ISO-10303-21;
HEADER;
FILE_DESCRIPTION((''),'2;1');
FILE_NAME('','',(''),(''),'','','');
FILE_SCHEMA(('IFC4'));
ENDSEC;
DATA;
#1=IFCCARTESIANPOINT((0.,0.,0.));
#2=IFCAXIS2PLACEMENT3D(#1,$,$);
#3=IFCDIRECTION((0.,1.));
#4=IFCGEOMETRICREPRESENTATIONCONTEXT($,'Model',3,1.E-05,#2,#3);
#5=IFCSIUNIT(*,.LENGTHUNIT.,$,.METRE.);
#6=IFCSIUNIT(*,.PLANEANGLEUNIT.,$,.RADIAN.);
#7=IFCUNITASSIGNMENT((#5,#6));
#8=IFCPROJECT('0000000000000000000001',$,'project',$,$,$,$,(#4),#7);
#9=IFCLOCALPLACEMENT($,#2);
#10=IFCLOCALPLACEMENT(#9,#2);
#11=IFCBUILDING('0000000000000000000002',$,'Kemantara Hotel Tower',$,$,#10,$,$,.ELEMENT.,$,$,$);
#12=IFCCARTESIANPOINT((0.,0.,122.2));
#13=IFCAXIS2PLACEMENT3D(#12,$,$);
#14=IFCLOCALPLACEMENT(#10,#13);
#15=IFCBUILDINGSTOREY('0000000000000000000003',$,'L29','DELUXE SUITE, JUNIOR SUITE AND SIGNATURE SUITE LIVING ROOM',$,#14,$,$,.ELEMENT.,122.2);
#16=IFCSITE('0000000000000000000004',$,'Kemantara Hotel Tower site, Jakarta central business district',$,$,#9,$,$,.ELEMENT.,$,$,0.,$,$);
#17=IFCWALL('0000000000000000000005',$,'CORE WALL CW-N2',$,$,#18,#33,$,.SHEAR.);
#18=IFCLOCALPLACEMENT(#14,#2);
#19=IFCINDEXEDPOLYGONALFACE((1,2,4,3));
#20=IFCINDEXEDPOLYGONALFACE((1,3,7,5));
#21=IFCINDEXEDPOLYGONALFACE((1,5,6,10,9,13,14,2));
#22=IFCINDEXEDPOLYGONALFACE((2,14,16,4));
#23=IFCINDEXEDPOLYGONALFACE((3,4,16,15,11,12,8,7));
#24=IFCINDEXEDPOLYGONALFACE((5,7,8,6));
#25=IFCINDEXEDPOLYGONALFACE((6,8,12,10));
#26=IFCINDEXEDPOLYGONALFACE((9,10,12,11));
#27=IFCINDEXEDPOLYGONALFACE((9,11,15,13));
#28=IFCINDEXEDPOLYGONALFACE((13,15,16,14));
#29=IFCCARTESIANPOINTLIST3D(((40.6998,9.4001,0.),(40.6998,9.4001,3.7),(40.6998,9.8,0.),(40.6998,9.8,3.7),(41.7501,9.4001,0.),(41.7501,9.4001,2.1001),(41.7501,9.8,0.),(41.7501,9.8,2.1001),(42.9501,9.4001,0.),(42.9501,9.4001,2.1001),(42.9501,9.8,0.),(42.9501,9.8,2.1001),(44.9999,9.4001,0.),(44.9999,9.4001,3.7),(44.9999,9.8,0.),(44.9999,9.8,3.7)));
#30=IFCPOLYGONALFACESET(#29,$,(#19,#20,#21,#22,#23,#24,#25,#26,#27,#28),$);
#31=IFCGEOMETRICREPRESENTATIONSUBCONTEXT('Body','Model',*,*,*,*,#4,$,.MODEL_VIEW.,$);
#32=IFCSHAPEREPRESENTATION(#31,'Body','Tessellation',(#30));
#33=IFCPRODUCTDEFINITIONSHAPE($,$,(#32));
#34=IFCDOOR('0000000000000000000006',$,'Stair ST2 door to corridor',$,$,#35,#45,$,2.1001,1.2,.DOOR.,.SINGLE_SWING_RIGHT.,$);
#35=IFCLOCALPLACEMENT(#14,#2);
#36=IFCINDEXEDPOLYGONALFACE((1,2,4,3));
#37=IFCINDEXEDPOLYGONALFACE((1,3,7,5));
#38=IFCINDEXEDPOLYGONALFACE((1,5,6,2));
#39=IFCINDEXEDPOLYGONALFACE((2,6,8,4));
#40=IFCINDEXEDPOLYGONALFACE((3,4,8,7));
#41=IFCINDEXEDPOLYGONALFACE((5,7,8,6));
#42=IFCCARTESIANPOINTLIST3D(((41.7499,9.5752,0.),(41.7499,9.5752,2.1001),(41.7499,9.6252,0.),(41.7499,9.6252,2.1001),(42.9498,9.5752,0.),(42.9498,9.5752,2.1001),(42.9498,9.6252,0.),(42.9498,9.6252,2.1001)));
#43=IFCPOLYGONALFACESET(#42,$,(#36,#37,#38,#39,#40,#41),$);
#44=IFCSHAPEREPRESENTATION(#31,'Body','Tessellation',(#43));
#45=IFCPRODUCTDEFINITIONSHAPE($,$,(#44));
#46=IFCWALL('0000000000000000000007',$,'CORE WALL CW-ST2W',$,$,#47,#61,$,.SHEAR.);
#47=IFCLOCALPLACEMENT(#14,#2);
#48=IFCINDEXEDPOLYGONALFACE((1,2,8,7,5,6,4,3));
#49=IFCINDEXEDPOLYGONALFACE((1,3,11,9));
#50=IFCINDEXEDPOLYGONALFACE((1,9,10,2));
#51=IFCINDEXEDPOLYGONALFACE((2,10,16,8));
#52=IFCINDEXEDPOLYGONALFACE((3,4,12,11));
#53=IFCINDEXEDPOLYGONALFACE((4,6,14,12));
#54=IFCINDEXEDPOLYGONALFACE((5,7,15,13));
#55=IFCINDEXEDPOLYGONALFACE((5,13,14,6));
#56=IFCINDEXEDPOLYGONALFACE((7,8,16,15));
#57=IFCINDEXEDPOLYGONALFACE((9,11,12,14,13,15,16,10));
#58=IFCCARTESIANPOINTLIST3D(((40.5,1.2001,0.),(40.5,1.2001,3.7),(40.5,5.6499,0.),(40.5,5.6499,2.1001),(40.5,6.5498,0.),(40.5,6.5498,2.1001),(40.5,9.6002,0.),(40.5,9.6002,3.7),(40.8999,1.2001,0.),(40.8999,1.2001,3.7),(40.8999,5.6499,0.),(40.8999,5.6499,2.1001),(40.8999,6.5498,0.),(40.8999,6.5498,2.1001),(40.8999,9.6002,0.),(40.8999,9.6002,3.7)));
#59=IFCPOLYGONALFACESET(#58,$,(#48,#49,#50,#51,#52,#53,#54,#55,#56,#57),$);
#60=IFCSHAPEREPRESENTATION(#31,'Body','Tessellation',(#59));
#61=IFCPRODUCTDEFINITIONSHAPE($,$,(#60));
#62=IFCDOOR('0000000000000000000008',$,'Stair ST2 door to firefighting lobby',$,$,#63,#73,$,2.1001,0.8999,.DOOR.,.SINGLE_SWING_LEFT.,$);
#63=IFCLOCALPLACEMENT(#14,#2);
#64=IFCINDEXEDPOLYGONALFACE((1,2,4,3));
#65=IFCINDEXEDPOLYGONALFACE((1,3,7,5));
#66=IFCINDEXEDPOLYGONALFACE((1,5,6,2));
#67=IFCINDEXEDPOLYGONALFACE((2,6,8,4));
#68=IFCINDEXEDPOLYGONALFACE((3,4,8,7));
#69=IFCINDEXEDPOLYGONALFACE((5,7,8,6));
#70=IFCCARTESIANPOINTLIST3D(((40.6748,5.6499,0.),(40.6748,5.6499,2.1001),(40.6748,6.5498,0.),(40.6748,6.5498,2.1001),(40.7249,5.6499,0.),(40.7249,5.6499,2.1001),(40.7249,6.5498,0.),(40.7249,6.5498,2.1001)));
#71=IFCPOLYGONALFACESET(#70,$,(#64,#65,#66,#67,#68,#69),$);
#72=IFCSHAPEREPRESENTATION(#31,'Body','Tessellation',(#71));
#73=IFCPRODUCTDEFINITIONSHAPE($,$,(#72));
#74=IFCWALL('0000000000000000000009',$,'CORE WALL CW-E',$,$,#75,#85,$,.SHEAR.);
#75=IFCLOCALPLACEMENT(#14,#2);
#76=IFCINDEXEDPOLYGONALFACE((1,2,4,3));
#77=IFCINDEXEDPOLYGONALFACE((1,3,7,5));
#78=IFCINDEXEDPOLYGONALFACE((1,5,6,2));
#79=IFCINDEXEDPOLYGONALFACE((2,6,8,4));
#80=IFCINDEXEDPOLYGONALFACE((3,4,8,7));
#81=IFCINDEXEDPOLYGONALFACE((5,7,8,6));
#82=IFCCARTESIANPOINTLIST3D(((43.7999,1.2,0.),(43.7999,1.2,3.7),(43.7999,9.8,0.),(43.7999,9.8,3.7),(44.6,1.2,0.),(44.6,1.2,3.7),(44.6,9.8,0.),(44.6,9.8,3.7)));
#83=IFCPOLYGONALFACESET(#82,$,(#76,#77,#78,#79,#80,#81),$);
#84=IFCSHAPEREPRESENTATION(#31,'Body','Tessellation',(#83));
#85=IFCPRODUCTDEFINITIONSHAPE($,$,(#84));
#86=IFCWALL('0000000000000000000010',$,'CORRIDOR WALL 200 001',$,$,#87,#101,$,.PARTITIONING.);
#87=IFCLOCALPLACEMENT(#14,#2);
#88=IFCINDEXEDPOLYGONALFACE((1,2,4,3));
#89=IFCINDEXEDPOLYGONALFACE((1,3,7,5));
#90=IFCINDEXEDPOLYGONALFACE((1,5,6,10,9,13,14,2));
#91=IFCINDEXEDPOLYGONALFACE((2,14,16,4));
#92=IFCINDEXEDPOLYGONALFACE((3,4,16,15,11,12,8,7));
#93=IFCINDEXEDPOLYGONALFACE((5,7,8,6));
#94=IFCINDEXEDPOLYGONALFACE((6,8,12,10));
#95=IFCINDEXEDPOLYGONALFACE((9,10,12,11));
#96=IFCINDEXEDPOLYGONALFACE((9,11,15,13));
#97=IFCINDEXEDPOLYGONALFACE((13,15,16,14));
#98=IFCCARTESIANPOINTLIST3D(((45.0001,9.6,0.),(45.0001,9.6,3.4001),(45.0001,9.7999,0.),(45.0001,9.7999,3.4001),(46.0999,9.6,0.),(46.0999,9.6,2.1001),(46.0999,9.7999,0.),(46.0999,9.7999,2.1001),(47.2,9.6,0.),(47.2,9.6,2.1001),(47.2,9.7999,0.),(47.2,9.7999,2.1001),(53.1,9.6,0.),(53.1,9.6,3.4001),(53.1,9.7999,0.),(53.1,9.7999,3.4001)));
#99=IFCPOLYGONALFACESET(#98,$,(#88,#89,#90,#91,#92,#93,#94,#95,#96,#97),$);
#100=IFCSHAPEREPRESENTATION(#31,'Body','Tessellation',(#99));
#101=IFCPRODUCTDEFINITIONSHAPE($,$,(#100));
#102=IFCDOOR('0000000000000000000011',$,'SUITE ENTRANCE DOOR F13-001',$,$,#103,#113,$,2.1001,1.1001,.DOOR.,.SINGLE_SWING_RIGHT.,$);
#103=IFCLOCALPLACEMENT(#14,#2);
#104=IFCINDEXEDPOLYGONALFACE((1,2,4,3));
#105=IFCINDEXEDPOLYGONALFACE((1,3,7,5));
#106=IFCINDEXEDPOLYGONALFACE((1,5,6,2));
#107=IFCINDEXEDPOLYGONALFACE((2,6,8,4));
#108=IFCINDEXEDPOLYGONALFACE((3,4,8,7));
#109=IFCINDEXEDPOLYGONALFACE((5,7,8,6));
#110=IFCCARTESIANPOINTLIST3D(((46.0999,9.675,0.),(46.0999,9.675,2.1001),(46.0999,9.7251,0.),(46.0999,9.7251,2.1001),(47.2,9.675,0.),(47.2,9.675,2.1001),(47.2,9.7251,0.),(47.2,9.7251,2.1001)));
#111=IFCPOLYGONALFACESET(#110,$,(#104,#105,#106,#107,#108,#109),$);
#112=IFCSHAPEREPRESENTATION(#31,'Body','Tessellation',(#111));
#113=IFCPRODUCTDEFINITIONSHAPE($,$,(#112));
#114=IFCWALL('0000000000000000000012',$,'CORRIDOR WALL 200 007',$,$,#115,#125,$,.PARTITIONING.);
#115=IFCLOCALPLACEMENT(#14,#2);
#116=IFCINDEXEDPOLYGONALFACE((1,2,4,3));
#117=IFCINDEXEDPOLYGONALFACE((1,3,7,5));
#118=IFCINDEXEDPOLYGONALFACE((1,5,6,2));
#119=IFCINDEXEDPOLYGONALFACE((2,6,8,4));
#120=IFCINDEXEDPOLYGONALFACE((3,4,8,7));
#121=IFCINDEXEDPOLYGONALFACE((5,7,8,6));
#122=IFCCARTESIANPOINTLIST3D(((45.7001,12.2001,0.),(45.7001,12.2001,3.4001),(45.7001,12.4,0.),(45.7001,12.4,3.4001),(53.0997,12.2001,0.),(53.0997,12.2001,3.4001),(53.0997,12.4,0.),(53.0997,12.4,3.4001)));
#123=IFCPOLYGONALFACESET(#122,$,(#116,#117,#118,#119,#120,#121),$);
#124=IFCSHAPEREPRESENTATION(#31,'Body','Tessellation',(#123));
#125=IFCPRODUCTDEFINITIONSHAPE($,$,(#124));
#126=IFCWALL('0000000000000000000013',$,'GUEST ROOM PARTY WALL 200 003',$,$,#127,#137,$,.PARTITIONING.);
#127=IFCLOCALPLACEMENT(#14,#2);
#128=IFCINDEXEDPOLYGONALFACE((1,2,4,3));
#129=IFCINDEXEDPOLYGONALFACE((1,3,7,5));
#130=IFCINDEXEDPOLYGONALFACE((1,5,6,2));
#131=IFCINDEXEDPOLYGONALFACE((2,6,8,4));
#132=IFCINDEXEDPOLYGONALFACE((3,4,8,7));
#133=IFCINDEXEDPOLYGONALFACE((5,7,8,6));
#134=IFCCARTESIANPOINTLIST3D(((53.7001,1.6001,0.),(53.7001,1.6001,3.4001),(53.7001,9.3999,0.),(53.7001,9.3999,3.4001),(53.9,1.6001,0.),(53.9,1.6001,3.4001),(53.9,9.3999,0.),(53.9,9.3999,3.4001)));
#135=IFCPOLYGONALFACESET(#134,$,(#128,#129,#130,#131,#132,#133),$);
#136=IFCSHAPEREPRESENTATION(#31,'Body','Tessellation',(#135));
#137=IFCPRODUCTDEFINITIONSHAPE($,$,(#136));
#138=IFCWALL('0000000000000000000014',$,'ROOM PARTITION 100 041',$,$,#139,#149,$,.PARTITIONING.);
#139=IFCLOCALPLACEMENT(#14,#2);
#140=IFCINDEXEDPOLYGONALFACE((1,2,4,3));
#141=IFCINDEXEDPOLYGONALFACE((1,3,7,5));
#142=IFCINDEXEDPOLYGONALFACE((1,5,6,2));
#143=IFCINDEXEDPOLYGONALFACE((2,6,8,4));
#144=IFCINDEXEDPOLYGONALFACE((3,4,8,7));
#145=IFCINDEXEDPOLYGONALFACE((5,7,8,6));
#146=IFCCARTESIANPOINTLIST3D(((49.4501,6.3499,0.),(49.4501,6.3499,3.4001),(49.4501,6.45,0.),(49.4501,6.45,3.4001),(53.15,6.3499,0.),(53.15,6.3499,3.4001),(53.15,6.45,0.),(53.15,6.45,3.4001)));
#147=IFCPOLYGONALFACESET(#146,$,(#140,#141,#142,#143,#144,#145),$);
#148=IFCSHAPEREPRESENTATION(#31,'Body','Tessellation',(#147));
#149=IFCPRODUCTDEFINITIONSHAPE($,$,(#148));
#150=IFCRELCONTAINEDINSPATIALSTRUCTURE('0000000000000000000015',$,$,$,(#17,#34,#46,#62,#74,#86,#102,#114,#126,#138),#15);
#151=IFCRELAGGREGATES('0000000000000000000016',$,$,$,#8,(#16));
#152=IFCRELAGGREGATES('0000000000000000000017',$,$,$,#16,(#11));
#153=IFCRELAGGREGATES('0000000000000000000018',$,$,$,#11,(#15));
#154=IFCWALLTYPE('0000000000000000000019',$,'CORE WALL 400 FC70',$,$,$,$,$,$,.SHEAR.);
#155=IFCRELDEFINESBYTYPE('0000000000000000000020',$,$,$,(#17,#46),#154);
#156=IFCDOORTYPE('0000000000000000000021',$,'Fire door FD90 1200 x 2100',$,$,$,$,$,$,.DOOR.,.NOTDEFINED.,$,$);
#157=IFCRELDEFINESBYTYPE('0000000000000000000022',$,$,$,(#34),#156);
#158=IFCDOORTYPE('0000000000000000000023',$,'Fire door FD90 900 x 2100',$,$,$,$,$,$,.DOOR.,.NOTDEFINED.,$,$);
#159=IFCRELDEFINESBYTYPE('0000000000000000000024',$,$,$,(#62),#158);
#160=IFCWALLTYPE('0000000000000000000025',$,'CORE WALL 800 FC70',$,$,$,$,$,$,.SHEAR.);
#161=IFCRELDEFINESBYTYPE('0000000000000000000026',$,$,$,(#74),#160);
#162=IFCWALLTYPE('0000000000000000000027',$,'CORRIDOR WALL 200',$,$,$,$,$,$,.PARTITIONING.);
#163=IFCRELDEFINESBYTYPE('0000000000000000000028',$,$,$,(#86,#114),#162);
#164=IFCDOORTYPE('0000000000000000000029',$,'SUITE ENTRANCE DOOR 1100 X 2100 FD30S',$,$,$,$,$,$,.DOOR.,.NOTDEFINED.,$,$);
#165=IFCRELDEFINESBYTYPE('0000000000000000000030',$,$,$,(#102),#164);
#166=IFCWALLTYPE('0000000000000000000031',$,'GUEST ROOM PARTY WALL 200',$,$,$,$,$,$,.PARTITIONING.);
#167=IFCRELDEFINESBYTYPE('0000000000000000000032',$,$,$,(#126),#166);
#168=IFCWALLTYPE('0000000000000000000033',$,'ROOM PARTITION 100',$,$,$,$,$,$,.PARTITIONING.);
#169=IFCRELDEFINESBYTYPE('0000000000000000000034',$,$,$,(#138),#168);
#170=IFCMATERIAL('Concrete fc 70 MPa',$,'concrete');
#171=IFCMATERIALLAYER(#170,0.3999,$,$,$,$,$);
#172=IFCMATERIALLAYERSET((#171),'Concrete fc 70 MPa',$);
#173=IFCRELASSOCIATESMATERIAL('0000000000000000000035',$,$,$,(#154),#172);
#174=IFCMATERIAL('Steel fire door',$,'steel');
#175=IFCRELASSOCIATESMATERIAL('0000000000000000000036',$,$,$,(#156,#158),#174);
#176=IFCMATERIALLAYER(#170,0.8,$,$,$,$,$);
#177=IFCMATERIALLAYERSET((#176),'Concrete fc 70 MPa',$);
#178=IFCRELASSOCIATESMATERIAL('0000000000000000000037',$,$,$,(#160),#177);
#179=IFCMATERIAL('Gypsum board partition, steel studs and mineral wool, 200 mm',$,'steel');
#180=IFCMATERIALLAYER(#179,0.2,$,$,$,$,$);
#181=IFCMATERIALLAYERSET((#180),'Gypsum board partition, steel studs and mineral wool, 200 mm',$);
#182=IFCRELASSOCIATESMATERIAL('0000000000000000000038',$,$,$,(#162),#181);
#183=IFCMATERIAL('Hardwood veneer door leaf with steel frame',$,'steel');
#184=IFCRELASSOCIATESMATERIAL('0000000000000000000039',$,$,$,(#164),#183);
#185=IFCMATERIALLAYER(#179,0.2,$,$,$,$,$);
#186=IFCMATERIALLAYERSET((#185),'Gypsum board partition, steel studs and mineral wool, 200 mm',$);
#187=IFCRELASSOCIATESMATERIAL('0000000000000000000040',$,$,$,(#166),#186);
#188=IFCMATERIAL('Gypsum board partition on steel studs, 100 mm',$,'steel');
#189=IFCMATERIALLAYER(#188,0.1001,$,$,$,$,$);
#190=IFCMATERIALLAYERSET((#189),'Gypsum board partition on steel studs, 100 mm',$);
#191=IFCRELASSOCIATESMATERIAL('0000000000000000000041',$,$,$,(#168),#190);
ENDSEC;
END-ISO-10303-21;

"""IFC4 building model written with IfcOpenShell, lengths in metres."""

from ifc_helpers import new_model, si_unit, direction, frame, frame_2d, origin, place, context, subcontext, project, spatial, rectangle, extrude, material, layer, layer_set, type_object, element, fill, save


model = new_model("IFC4")

# Units and contexts
model_context = context("Model", 3, precision=1e-05, world=origin(), true_north=direction((0.0, 1.0)))
body_context = subcontext(model_context, "Body", "Model", "MODEL_VIEW")
ifc_project = project(units=[si_unit("LENGTHUNIT", "METRE"), si_unit("PLANEANGLEUNIT", "RADIAN")], contexts=[model_context])

# Site, building, storey
site_placement = place(None, origin())
site = spatial("IfcSite", under=ifc_project, at=site_placement, Name="Kemantara Hotel Tower site, Jakarta central business district", CompositionType="ELEMENT", RefElevation=0.0)
building_placement = place(site_placement, origin())
building = spatial("IfcBuilding", under=site, at=building_placement, Name="Kemantara Hotel Tower", CompositionType="ELEMENT")
storey_placement = place(building_placement, frame((0.0, 0.0, 122.2)))
storey = spatial("IfcBuildingStorey", under=building, at=storey_placement, Name="L29", Description="DELUXE SUITE, JUNIOR SUITE AND SIGNATURE SUITE LIVING ROOM", CompositionType="ELEMENT", Elevation=122.2)

# Shared definitions
ifc_material_1 = material(Name="Concrete fc 70 MPa", Category="concrete")

# Walls, openings, doors
ifc_layer_1 = layer(ifc_material_1, 0.3999)
ifc_layer_set_1 = layer_set([ifc_layer_1], Name="Concrete fc 70 MPa")
wall_type_1 = type_object("IfcWallType", Name="CORE WALL 400 FC70", PredefinedType="SHEAR", material=ifc_layer_set_1)
wall_1_placement = place(storey_placement, frame((40.7, 9.6001, 0.0), z_axis=(0.0, 0.0, 1.0), x_axis=(1.0, 0.0, 0.0)))
wall_1 = element("IfcWall", 1, at=wall_1_placement, inside=storey, type_object=wall_type_1, Name="CORE WALL CW-N2", PredefinedType="SHEAR", context=body_context, shape_type="SweptSolid", body=[
    extrude(rectangle(XDim=4.3, YDim=0.3999, at=frame_2d((2.1499, 0.0))), origin(), (0.0, 0.0, 1.0), 3.7),
])
opening_1_placement = place(wall_1_placement, frame((1.05, 0.0, 0.0)))
opening_1 = element("IfcOpeningElement", 2, at=opening_1_placement, cuts=wall_1, PredefinedType="OPENING", context=body_context, shape_type="SweptSolid", body=[
    extrude(rectangle(XDim=1.2, YDim=2.1001, at=frame_2d((0.6001, 1.05))), frame((0.0, 0.21, 0.0), z_axis=(0.0, -1.0, 0.0), x_axis=(1.0, 0.0, 0.0)), (0.0, 0.0, 1.0), 0.4199),
])
ifc_material_2 = material(Name="Steel fire door", Category="steel")
door_type_1 = type_object("IfcDoorType", Name="Fire door FD90 1200 x 2100", OperationType="NOTDEFINED", PredefinedType="DOOR", material=ifc_material_2)
door_1_placement = place(opening_1_placement, frame((1.2, 0.0, 0.0), z_axis=(0.0, 0.0, 1.0), x_axis=(-1.0, 0.0, 0.0)))
door_1 = element("IfcDoor", 3, at=door_1_placement, inside=storey, type_object=door_type_1, Name="Stair ST2 door to corridor", OperationType="SINGLE_SWING_RIGHT", OverallHeight=2.1001, OverallWidth=1.2, PredefinedType="DOOR", context=body_context, shape_type="SweptSolid", body=[
    extrude(rectangle(XDim=1.2, YDim=2.1001, at=frame_2d((0.6001, 1.05))), frame((0.0, 0.0249, 0.0), z_axis=(0.0, -1.0, 0.0), x_axis=(1.0, 0.0, 0.0)), (0.0, 0.0, 1.0), 0.05),
])
fill(opening_1, door_1)
wall_2_placement = place(storey_placement, frame((40.7, 1.2, 0.0), z_axis=(0.0, 0.0, 1.0), x_axis=(0.0, 1.0, 0.0)))
wall_2 = element("IfcWall", 4, at=wall_2_placement, inside=storey, type_object=wall_type_1, Name="CORE WALL CW-ST2W", PredefinedType="SHEAR", context=body_context, shape_type="SweptSolid", body=[
    extrude(rectangle(XDim=8.4001, YDim=0.3999, at=frame_2d((4.2002, 0.0))), origin(), (0.0, 0.0, 1.0), 3.7),
])
opening_2_placement = place(wall_2_placement, frame((4.45, 0.0, 0.0)))
opening_2 = element("IfcOpeningElement", 5, at=opening_2_placement, cuts=wall_2, PredefinedType="OPENING", context=body_context, shape_type="SweptSolid", body=[
    extrude(rectangle(XDim=0.8999, YDim=2.1001, at=frame_2d((0.45, 1.05))), frame((0.0, 0.21, 0.0), z_axis=(0.0, -1.0, 0.0), x_axis=(1.0, 0.0, 0.0)), (0.0, 0.0, 1.0), 0.4199),
])
door_type_2 = type_object("IfcDoorType", Name="Fire door FD90 900 x 2100", OperationType="NOTDEFINED", PredefinedType="DOOR", material=ifc_material_2)
door_2_placement = place(opening_2_placement, frame((0.8999, 0.0, 0.0), z_axis=(0.0, 0.0, 1.0), x_axis=(-1.0, 0.0, 0.0)))
door_2 = element("IfcDoor", 6, at=door_2_placement, inside=storey, type_object=door_type_2, Name="Stair ST2 door to firefighting lobby", OperationType="SINGLE_SWING_LEFT", OverallHeight=2.1001, OverallWidth=0.8999, PredefinedType="DOOR", context=body_context, shape_type="SweptSolid", body=[
    extrude(rectangle(XDim=0.8999, YDim=2.1001, at=frame_2d((0.45, 1.05))), frame((0.0, 0.0249, 0.0), z_axis=(0.0, -1.0, 0.0), x_axis=(1.0, 0.0, 0.0)), (0.0, 0.0, 1.0), 0.05),
])
fill(opening_2, door_2)

# Wall
ifc_layer_2 = layer(ifc_material_1, 0.8)
ifc_layer_set_2 = layer_set([ifc_layer_2], Name="Concrete fc 70 MPa")
wall_type_2 = type_object("IfcWallType", Name="CORE WALL 800 FC70", PredefinedType="SHEAR", material=ifc_layer_set_2)
wall_3_placement = place(storey_placement, frame((44.2, 1.2, 0.0), z_axis=(0.0, 0.0, 1.0), x_axis=(0.0, 1.0, 0.0)))
element("IfcWall", 7, at=wall_3_placement, inside=storey, type_object=wall_type_2, Name="CORE WALL CW-E", PredefinedType="SHEAR", context=body_context, shape_type="SweptSolid", body=[
    extrude(rectangle(XDim=8.6001, YDim=0.8, at=frame_2d((4.3, 0.0))), origin(), (0.0, 0.0, 1.0), 3.7),
])

# Wall, opening, door
ifc_material_3 = material(Name="Gypsum board partition, steel studs and mineral wool, 200 mm", Category="steel")
ifc_layer_3 = layer(ifc_material_3, 0.2)
ifc_layer_set_3 = layer_set([ifc_layer_3], Name="Gypsum board partition, steel studs and mineral wool, 200 mm")
wall_type_3 = type_object("IfcWallType", Name="CORRIDOR WALL 200", PredefinedType="PARTITIONING", material=ifc_layer_set_3)
wall_4_placement = place(storey_placement, frame((53.0999, 9.7, 0.0), z_axis=(0.0, 0.0, 1.0), x_axis=(-1.0, 0.0, 0.0)))
wall_4 = element("IfcWall", 8, at=wall_4_placement, inside=storey, type_object=wall_type_3, Name="CORRIDOR WALL 200 001", PredefinedType="PARTITIONING", context=body_context, shape_type="SweptSolid", body=[
    extrude(rectangle(XDim=8.0999, YDim=0.2, at=frame_2d((4.0498, 0.0))), origin(), (0.0, 0.0, 1.0), 3.4001),
])
opening_3_placement = place(wall_4_placement, frame((5.8999, 0.0, 0.0)))
opening_3 = element("IfcOpeningElement", 9, at=opening_3_placement, cuts=wall_4, PredefinedType="OPENING", context=body_context, shape_type="SweptSolid", body=[
    extrude(rectangle(XDim=1.1001, YDim=2.1001, at=frame_2d((0.55, 1.05))), frame((0.0, 0.1099, 0.0), z_axis=(0.0, -1.0, 0.0), x_axis=(1.0, 0.0, 0.0)), (0.0, 0.0, 1.0), 0.22),
])
ifc_material_4 = material(Name="Hardwood veneer door leaf with steel frame", Category="steel")
door_type_3 = type_object("IfcDoorType", Name="SUITE ENTRANCE DOOR 1100 X 2100 FD30S", OperationType="NOTDEFINED", PredefinedType="DOOR", material=ifc_material_4)
door_3_placement = place(opening_3_placement, origin())
door_3 = element("IfcDoor", 10, at=door_3_placement, inside=storey, type_object=door_type_3, Name="SUITE ENTRANCE DOOR F13-001", OperationType="SINGLE_SWING_RIGHT", OverallHeight=2.1001, OverallWidth=1.1001, PredefinedType="DOOR", context=body_context, shape_type="SweptSolid", body=[
    extrude(rectangle(XDim=1.1001, YDim=2.1001, at=frame_2d((0.55, 1.05))), frame((0.0, 0.0249, 0.0), z_axis=(0.0, -1.0, 0.0), x_axis=(1.0, 0.0, 0.0)), (0.0, 0.0, 1.0), 0.05),
])
fill(opening_3, door_3)

# Walls
wall_5_placement = place(storey_placement, frame((45.7002, 12.3, 0.0), z_axis=(0.0, 0.0, 1.0), x_axis=(1.0, 0.0, 0.0)))
element("IfcWall", 11, at=wall_5_placement, inside=storey, type_object=wall_type_3, Name="CORRIDOR WALL 200 007", PredefinedType="PARTITIONING", context=body_context, shape_type="SweptSolid", body=[
    extrude(rectangle(XDim=7.3997, YDim=0.2, at=frame_2d((3.6997, 0.0))), origin(), (0.0, 0.0, 1.0), 3.4001),
])
ifc_layer_4 = layer(ifc_material_3, 0.2)
ifc_layer_set_4 = layer_set([ifc_layer_4], Name="Gypsum board partition, steel studs and mineral wool, 200 mm")
wall_type_4 = type_object("IfcWallType", Name="GUEST ROOM PARTY WALL 200", PredefinedType="PARTITIONING", material=ifc_layer_set_4)
wall_6_placement = place(storey_placement, frame((53.8, 1.6001, 0.0), z_axis=(0.0, 0.0, 1.0), x_axis=(0.0, 1.0, 0.0)))
element("IfcWall", 12, at=wall_6_placement, inside=storey, type_object=wall_type_4, Name="GUEST ROOM PARTY WALL 200 003", PredefinedType="PARTITIONING", context=body_context, shape_type="SweptSolid", body=[
    extrude(rectangle(XDim=7.7998, YDim=0.2, at=frame_2d((3.8999, 0.0))), origin(), (0.0, 0.0, 1.0), 3.4001),
])
ifc_material_5 = material(Name="Gypsum board partition on steel studs, 100 mm", Category="steel")
ifc_layer_5 = layer(ifc_material_5, 0.1001)
ifc_layer_set_5 = layer_set([ifc_layer_5], Name="Gypsum board partition on steel studs, 100 mm")
wall_type_5 = type_object("IfcWallType", Name="ROOM PARTITION 100", PredefinedType="PARTITIONING", material=ifc_layer_set_5)
wall_7_placement = place(storey_placement, frame((49.45, 6.3999, 0.0), z_axis=(0.0, 0.0, 1.0), x_axis=(1.0, 0.0, 0.0)))
element("IfcWall", 13, at=wall_7_placement, inside=storey, type_object=wall_type_5, Name="ROOM PARTITION 100 041", PredefinedType="PARTITIONING", context=body_context, shape_type="SweptSolid", body=[
    extrude(rectangle(XDim=3.7, YDim=0.1001, at=frame_2d((1.8501, 0.0))), origin(), (0.0, 0.0, 1.0), 3.4001),
])

save(model, "model.ifc")
